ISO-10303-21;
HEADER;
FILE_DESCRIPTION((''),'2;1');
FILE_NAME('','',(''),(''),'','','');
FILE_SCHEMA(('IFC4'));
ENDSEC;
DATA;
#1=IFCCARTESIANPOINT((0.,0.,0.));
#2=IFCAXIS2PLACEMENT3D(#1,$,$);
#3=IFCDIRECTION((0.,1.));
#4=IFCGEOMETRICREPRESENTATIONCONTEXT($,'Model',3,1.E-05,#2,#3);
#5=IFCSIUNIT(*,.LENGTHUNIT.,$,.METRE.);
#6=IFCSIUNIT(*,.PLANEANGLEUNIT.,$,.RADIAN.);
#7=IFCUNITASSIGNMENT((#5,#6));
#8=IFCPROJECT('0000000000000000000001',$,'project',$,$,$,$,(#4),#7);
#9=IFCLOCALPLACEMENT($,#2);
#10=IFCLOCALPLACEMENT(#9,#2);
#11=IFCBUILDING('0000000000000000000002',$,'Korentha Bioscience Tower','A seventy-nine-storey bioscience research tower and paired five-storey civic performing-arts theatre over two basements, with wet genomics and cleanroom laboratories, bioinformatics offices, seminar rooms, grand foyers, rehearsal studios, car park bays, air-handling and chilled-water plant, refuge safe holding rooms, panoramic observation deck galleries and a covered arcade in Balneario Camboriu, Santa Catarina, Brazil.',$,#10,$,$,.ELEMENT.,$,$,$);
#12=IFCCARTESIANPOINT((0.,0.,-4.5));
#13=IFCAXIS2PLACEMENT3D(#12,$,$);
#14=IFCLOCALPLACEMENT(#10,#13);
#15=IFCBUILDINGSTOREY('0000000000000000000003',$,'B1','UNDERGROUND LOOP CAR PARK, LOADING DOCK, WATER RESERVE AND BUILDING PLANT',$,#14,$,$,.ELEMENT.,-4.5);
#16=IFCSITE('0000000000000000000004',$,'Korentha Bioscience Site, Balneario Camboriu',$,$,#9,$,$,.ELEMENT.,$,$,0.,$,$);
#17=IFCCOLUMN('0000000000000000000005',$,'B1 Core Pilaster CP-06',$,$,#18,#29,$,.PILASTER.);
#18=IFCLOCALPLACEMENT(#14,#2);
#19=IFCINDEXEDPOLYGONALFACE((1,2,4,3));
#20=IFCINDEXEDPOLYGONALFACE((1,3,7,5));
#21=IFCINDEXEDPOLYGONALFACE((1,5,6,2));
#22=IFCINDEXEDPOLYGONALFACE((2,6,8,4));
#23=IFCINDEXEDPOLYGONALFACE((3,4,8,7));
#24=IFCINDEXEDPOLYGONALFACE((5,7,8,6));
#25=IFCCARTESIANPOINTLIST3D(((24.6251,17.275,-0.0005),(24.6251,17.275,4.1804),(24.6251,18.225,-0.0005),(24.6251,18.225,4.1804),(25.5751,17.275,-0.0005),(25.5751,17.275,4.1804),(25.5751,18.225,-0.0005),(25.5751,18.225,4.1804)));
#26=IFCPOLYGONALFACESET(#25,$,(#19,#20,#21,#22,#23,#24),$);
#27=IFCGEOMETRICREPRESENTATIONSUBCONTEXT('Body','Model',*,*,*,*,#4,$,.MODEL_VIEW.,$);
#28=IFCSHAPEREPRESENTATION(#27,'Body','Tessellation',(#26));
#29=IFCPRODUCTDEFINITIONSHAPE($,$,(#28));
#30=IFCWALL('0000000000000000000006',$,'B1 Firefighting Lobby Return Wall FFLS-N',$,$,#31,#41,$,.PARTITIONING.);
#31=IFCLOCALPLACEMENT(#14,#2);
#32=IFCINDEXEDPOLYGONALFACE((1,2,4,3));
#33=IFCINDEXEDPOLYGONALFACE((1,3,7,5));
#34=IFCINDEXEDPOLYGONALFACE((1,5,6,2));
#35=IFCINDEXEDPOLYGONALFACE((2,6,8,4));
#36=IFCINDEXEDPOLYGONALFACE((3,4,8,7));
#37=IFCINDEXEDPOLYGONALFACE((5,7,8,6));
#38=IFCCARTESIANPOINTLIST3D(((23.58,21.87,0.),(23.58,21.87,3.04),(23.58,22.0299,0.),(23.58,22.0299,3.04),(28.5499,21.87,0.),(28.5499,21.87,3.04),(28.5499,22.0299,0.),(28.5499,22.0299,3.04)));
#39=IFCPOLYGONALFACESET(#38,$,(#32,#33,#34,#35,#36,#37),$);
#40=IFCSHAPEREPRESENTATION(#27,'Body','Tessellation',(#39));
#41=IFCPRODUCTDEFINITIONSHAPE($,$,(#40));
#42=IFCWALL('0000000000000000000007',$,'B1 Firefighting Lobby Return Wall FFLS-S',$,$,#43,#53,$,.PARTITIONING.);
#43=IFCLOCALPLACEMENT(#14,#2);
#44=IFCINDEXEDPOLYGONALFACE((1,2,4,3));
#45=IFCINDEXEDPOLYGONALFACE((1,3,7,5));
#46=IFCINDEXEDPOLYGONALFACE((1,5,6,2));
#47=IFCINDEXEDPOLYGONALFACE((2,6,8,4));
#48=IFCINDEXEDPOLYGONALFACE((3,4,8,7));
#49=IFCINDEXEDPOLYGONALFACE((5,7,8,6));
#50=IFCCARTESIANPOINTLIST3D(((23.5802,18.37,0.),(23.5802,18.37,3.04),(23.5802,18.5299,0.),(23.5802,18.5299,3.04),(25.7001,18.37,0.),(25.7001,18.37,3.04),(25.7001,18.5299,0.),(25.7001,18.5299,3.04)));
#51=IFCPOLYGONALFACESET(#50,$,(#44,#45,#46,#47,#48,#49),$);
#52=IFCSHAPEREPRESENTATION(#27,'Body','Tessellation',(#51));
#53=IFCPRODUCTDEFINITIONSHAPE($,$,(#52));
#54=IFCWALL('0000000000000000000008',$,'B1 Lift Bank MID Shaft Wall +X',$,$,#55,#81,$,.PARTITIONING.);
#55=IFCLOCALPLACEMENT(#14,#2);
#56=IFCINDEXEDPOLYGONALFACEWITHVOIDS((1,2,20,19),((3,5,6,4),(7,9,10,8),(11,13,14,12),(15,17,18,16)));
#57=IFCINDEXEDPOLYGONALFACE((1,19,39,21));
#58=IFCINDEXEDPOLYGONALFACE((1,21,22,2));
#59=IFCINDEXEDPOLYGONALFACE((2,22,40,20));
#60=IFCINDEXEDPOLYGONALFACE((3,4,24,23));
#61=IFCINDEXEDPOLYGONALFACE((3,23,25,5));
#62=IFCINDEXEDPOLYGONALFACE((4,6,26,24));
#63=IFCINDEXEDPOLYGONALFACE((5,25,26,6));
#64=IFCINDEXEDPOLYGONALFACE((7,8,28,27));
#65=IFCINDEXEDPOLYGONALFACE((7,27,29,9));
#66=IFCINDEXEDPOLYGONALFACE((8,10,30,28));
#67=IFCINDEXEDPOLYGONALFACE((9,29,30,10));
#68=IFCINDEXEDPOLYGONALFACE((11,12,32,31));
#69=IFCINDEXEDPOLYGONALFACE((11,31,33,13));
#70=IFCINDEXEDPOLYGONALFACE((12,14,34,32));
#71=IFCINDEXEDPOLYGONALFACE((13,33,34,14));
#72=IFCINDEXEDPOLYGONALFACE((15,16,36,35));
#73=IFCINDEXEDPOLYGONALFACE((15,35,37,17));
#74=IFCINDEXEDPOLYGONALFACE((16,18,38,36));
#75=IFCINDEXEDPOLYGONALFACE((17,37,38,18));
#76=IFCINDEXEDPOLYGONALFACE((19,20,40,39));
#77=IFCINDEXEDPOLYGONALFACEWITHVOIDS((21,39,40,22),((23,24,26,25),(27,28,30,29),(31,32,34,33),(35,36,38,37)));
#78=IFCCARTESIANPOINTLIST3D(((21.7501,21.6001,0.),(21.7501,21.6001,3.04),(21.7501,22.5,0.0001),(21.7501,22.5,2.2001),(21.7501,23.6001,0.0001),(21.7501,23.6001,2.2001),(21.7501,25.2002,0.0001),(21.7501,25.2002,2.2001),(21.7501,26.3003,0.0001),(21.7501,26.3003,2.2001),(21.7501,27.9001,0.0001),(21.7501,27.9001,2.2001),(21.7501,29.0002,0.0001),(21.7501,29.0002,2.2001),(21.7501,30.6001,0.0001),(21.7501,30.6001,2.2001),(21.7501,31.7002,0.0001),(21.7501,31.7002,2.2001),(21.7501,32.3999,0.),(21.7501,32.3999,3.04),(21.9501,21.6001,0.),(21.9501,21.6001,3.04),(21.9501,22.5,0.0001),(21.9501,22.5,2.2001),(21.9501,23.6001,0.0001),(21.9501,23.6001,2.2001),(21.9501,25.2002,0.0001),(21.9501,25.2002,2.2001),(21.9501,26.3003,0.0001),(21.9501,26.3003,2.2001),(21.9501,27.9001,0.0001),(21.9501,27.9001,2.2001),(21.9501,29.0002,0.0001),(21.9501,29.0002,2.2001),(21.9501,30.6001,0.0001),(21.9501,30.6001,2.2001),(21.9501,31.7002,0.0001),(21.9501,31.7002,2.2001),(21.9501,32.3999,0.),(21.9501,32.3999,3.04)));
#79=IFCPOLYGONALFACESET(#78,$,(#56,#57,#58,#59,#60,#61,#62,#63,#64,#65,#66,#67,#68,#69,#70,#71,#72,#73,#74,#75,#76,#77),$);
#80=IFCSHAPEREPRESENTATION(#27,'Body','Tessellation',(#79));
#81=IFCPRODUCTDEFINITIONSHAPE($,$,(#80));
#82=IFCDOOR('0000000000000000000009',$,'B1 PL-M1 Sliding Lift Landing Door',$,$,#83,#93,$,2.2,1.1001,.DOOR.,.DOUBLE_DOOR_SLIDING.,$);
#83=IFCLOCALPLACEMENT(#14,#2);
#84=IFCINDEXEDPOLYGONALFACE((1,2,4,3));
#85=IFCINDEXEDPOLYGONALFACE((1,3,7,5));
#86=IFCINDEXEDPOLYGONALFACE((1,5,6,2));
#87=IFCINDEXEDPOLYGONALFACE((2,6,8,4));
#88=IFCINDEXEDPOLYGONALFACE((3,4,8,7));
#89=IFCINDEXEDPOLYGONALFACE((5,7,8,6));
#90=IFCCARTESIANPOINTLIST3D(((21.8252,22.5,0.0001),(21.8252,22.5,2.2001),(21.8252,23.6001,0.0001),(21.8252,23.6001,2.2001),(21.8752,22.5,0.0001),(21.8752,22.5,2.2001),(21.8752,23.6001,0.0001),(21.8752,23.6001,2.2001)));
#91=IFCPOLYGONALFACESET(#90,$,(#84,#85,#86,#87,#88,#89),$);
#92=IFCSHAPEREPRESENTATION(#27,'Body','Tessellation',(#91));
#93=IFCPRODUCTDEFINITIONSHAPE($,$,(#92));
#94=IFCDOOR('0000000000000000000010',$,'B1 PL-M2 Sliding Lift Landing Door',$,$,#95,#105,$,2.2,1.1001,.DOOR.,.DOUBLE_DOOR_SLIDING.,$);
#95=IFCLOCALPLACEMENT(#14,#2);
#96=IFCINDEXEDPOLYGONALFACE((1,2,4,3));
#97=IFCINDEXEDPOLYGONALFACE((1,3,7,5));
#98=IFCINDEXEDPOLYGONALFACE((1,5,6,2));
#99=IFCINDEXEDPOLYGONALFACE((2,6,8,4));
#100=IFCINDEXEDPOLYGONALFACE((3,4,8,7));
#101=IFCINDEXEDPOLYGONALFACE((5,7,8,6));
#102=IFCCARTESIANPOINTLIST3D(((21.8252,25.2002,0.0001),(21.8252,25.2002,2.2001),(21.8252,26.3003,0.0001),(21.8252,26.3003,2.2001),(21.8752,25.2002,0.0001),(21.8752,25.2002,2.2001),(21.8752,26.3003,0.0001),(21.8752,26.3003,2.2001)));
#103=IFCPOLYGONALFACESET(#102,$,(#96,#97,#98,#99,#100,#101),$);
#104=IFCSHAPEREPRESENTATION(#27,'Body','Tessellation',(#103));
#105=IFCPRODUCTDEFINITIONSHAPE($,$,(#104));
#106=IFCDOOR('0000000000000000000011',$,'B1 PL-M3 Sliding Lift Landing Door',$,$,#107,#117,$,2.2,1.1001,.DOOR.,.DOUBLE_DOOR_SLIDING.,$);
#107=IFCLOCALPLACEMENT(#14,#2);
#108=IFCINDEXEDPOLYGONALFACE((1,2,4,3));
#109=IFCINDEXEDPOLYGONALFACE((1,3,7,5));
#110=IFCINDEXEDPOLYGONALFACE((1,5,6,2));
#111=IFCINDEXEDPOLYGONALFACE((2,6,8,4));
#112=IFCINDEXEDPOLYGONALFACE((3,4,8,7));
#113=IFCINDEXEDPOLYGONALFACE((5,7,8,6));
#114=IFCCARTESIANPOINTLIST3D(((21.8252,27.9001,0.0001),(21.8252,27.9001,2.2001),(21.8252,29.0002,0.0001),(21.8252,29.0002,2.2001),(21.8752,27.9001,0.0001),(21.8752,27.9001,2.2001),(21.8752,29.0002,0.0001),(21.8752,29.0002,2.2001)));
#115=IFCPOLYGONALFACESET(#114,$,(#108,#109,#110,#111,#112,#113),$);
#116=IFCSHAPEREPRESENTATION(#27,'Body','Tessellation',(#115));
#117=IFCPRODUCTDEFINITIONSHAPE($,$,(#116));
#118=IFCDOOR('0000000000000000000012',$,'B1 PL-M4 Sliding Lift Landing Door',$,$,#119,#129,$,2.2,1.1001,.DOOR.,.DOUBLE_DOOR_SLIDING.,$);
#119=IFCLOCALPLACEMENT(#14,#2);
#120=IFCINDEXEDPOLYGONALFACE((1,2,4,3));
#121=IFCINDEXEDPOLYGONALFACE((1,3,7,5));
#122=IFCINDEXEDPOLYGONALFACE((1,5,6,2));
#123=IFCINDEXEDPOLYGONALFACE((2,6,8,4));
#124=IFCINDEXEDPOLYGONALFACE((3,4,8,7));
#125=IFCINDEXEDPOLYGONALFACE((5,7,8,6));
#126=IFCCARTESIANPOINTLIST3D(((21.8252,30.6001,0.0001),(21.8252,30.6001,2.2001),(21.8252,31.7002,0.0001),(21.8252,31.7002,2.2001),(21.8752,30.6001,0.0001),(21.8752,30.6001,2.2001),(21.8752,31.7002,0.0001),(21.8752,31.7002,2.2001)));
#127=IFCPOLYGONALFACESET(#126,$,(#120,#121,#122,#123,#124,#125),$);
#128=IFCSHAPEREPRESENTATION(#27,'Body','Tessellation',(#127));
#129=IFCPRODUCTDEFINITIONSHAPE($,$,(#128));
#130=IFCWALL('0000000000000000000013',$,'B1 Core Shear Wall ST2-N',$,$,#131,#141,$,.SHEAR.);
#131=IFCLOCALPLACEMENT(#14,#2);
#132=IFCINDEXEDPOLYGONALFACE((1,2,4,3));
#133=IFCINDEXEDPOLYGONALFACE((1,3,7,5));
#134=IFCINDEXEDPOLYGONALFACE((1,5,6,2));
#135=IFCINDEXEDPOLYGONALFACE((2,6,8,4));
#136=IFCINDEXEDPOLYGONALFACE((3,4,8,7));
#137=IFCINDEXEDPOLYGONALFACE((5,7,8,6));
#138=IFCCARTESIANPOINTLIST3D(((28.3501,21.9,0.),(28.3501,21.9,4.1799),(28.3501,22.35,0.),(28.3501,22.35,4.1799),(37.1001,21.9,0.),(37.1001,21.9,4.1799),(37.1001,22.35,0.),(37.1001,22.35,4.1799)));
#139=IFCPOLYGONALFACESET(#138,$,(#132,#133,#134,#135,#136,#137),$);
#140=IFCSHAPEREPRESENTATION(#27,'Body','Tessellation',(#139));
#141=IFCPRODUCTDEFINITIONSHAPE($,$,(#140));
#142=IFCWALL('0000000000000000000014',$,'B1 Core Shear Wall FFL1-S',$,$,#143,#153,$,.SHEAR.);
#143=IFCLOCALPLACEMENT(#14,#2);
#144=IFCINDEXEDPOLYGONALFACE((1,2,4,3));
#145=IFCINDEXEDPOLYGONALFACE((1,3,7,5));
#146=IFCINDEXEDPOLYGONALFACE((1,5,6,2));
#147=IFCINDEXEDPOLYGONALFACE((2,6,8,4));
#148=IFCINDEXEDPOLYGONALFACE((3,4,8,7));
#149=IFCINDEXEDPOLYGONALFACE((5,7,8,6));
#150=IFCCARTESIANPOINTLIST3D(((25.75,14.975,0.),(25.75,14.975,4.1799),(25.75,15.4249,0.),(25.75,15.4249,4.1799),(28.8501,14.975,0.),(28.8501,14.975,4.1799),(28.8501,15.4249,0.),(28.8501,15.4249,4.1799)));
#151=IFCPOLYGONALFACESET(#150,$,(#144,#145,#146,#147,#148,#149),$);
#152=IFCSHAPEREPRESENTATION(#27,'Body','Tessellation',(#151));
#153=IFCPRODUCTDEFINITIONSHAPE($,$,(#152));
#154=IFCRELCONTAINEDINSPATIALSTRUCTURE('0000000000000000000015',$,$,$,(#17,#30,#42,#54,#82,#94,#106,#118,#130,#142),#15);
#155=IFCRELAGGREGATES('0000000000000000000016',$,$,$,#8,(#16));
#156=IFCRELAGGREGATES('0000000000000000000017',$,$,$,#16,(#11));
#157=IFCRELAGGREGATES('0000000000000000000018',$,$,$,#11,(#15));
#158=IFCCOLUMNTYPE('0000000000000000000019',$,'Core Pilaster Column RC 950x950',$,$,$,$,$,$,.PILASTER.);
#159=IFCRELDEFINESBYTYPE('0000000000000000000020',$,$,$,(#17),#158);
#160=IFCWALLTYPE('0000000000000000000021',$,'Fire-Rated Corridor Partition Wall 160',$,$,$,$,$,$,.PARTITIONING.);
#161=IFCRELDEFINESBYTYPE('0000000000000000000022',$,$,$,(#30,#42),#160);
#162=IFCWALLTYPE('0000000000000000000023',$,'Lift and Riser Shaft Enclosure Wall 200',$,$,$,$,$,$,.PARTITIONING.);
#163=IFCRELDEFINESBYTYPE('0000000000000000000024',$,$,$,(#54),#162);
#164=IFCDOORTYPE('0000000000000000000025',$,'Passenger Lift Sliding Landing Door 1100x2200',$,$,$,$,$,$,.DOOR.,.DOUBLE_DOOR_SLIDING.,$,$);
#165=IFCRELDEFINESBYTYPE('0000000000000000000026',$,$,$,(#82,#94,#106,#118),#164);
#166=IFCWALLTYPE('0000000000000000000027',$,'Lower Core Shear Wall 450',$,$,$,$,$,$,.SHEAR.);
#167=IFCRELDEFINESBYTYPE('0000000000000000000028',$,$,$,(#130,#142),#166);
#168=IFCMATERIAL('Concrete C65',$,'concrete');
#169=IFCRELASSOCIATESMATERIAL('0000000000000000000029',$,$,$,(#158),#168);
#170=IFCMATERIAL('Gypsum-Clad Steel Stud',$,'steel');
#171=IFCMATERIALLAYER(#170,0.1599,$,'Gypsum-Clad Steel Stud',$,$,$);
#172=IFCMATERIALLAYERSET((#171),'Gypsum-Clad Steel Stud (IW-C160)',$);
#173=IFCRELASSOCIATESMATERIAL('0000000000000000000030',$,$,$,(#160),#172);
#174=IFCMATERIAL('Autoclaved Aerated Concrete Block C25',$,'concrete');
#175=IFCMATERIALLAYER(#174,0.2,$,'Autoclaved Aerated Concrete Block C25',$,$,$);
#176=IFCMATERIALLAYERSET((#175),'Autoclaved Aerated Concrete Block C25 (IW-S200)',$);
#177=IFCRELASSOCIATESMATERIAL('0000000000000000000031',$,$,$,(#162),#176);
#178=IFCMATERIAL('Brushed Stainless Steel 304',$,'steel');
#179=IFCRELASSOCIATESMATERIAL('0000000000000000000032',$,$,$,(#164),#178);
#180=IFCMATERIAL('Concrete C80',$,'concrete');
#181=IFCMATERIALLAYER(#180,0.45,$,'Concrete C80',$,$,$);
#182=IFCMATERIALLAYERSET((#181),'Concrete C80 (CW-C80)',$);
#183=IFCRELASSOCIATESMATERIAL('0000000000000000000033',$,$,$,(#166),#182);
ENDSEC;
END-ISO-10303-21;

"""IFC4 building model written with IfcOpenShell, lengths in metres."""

from ifc_helpers import new_model, si_unit, direction, frame, frame_2d, origin, origin_2d, place, context, subcontext, project, spatial, rectangle, extrude, material, layer, layer_set, material_profile, profile_set, type_object, element, fill, save


model = new_model("IFC4")

# Units and contexts
model_context = context("Model", 3, precision=1e-05, world=origin(), true_north=direction((0.0, 1.0)))
body_context = subcontext(model_context, "Body", "Model", "MODEL_VIEW")
ifc_project = project(units=[si_unit("LENGTHUNIT", "METRE"), si_unit("PLANEANGLEUNIT", "RADIAN")], contexts=[model_context])

# Site, building, storey
site_placement = place(None, origin())
site = spatial("IfcSite", under=ifc_project, at=site_placement, Name="Korentha Bioscience Site, Balneario Camboriu", CompositionType="ELEMENT", RefElevation=0.0)
building_placement = place(site_placement, origin())
building = spatial("IfcBuilding", under=site, at=building_placement, Name="Korentha Bioscience Tower", Description="A seventy-nine-storey bioscience research tower and paired five-storey civic performing-arts theatre over two basements, with wet genomics and cleanroom laboratories, bioinformatics offices, seminar rooms, grand foyers, rehearsal studios, car park bays, air-handling and chilled-water plant, refuge safe holding rooms, panoramic observation deck galleries and a covered arcade in Balneario Camboriu, Santa Catarina, Brazil.", CompositionType="ELEMENT")
storey_placement = place(building_placement, frame((0.0, 0.0, -4.5)))
storey = spatial("IfcBuildingStorey", under=building, at=storey_placement, Name="B1", Description="UNDERGROUND LOOP CAR PARK, LOADING DOCK, WATER RESERVE AND BUILDING PLANT", CompositionType="ELEMENT", Elevation=-4.5)

# Column
ifc_material_1 = material(Name="Concrete C65", Category="concrete")
ifc_material_profile = material_profile(ifc_material_1, rectangle(XDim=0.95, YDim=0.95, at=origin_2d()), Name="Concrete C65")
ifc_profile_set = profile_set([ifc_material_profile], Name="Concrete C65 (COL-CP09)")
column_type = type_object("IfcColumnType", Name="Core Pilaster Column RC 950x950", PredefinedType="PILASTER", material=ifc_profile_set)
column_placement = place(storey_placement, frame((25.1001, 17.75, -0.0005), z_axis=(0.0, 0.0, 1.0), x_axis=(1.0, 0.0, 0.0)))
element("IfcColumn", 1, at=column_placement, inside=storey, type_object=column_type, Name="B1 Core Pilaster CP-06", PredefinedType="PILASTER", context=body_context, shape_type="SweptSolid", body=[
    extrude(rectangle(XDim=0.95, YDim=0.95, at=origin_2d()), origin(), (0.0, 0.0, 1.0), 4.1809),
])

# Shared definitions
ifc_material_2 = material(Name="Gypsum-Clad Steel Stud", Category="steel")
ifc_layer_1 = layer(ifc_material_2, 0.1599, Name="Gypsum-Clad Steel Stud")
ifc_layer_set_1 = layer_set([ifc_layer_1], Name="Gypsum-Clad Steel Stud (IW-C160)")
wall_type_1 = type_object("IfcWallType", Name="Fire-Rated Corridor Partition Wall 160", PredefinedType="PARTITIONING", material=ifc_layer_set_1)

# Walls
wall_1_placement = place(storey_placement, frame((23.5801, 21.95, 0.0), z_axis=(0.0, 0.0, 1.0), x_axis=(1.0, 0.0, 0.0)))
element("IfcWall", 2, at=wall_1_placement, inside=storey, type_object=wall_type_1, Name="B1 Firefighting Lobby Return Wall FFLS-N", PredefinedType="PARTITIONING", context=body_context, shape_type="SweptSolid", body=[
    extrude(rectangle(XDim=4.97, YDim=0.1599, at=frame_2d((2.4849, 0.0))), origin(), (0.0, 0.0, 1.0), 3.04),
])
wall_2_placement = place(storey_placement, frame((23.5801, 18.45, 0.0), z_axis=(0.0, 0.0, 1.0), x_axis=(1.0, 0.0, 0.0)))
element("IfcWall", 3, at=wall_2_placement, inside=storey, type_object=wall_type_1, Name="B1 Firefighting Lobby Return Wall FFLS-S", PredefinedType="PARTITIONING", context=body_context, shape_type="SweptSolid", body=[
    extrude(rectangle(XDim=2.1199, YDim=0.1599, at=frame_2d((1.0601, 0.0))), origin(), (0.0, 0.0, 1.0), 3.04),
])

# Wall, openings, doors
ifc_material_3 = material(Name="Autoclaved Aerated Concrete Block C25", Category="concrete")
ifc_layer_2 = layer(ifc_material_3, 0.2, Name="Autoclaved Aerated Concrete Block C25")
ifc_layer_set_2 = layer_set([ifc_layer_2], Name="Autoclaved Aerated Concrete Block C25 (IW-S200)")
wall_type_2 = type_object("IfcWallType", Name="Lift and Riser Shaft Enclosure Wall 200", PredefinedType="PARTITIONING", material=ifc_layer_set_2)
wall_3_placement = place(storey_placement, frame((21.8501, 21.6001, 0.0), z_axis=(0.0, 0.0, 1.0), x_axis=(0.0, 1.0, 0.0)))
wall_3 = element("IfcWall", 4, at=wall_3_placement, inside=storey, type_object=wall_type_2, Name="B1 Lift Bank MID Shaft Wall +X", PredefinedType="PARTITIONING", context=body_context, shape_type="SweptSolid", body=[
    extrude(rectangle(XDim=10.7998, YDim=0.2, at=frame_2d((5.3999, 0.0))), origin(), (0.0, 0.0, 1.0), 3.04),
])
opening_1_placement = place(wall_3_placement, frame((0.8999, 0.0, 0.0)))
opening_1 = element("IfcOpeningElement", 5, at=opening_1_placement, cuts=wall_3, PredefinedType="OPENING", context=body_context, shape_type="SweptSolid", body=[
    extrude(rectangle(XDim=1.1001, YDim=2.2, at=frame_2d((0.55, 1.1001))), frame((0.0, 0.1147, 0.0), z_axis=(0.0, -1.0, 0.0), x_axis=(1.0, 0.0, 0.0)), (0.0, 0.0, 1.0), 0.2297),
])
opening_2_placement = place(wall_3_placement, frame((3.6001, 0.0, 0.0)))
opening_2 = element("IfcOpeningElement", 6, at=opening_2_placement, cuts=wall_3, PredefinedType="OPENING", context=body_context, shape_type="SweptSolid", body=[
    extrude(rectangle(XDim=1.1001, YDim=2.2, at=frame_2d((0.55, 1.1001))), frame((0.0, 0.1147, 0.0), z_axis=(0.0, -1.0, 0.0), x_axis=(1.0, 0.0, 0.0)), (0.0, 0.0, 1.0), 0.2297),
])
opening_3_placement = place(wall_3_placement, frame((6.3, 0.0, 0.0)))
opening_3 = element("IfcOpeningElement", 7, at=opening_3_placement, cuts=wall_3, PredefinedType="OPENING", context=body_context, shape_type="SweptSolid", body=[
    extrude(rectangle(XDim=1.1001, YDim=2.2, at=frame_2d((0.55, 1.1001))), frame((0.0, 0.1147, 0.0), z_axis=(0.0, -1.0, 0.0), x_axis=(1.0, 0.0, 0.0)), (0.0, 0.0, 1.0), 0.2297),
])
opening_4_placement = place(wall_3_placement, frame((9.0, 0.0, 0.0)))
opening_4 = element("IfcOpeningElement", 8, at=opening_4_placement, cuts=wall_3, PredefinedType="OPENING", context=body_context, shape_type="SweptSolid", body=[
    extrude(rectangle(XDim=1.1001, YDim=2.2, at=frame_2d((0.55, 1.1001))), frame((0.0, 0.1147, 0.0), z_axis=(0.0, -1.0, 0.0), x_axis=(1.0, 0.0, 0.0)), (0.0, 0.0, 1.0), 0.2297),
])
ifc_material_4 = material(Name="Brushed Stainless Steel 304", Category="steel")
door_type_1 = type_object("IfcDoorType", Name="Passenger Lift Sliding Landing Door 1100x2200", OperationType="DOUBLE_DOOR_SLIDING", PredefinedType="DOOR", material=ifc_material_4)
door_1_placement = place(opening_1_placement, origin())
door_1 = element("IfcDoor", 9, at=door_1_placement, inside=storey, type_object=door_type_1, Name="B1 PL-M1 Sliding Lift Landing Door", OperationType="DOUBLE_DOOR_SLIDING", OverallHeight=2.2, OverallWidth=1.1001, PredefinedType="DOOR", context=body_context, shape_type="SweptSolid", body=[
    extrude(rectangle(XDim=1.1001, YDim=2.2, at=frame_2d((0.55, 1.1001))), frame((0.0, 0.0249, 0.0), z_axis=(0.0, -1.0, 0.0), x_axis=(1.0, 0.0, 0.0)), (0.0, 0.0, 1.0), 0.05),
])
fill(opening_1, door_1)
door_2_placement = place(opening_2_placement, origin())
door_2 = element("IfcDoor", 10, at=door_2_placement, inside=storey, type_object=door_type_1, Name="B1 PL-M2 Sliding Lift Landing Door", OperationType="DOUBLE_DOOR_SLIDING", OverallHeight=2.2, OverallWidth=1.1001, PredefinedType="DOOR", context=body_context, shape_type="SweptSolid", body=[
    extrude(rectangle(XDim=1.1001, YDim=2.2, at=frame_2d((0.55, 1.1001))), frame((0.0, 0.0249, 0.0), z_axis=(0.0, -1.0, 0.0), x_axis=(1.0, 0.0, 0.0)), (0.0, 0.0, 1.0), 0.05),
])
fill(opening_2, door_2)
door_3_placement = place(opening_3_placement, origin())
door_3 = element("IfcDoor", 11, at=door_3_placement, inside=storey, type_object=door_type_1, Name="B1 PL-M3 Sliding Lift Landing Door", OperationType="DOUBLE_DOOR_SLIDING", OverallHeight=2.2, OverallWidth=1.1001, PredefinedType="DOOR", context=body_context, shape_type="SweptSolid", body=[
    extrude(rectangle(XDim=1.1001, YDim=2.2, at=frame_2d((0.55, 1.1001))), frame((0.0, 0.0249, 0.0), z_axis=(0.0, -1.0, 0.0), x_axis=(1.0, 0.0, 0.0)), (0.0, 0.0, 1.0), 0.05),
])
fill(opening_3, door_3)
door_4_placement = place(opening_4_placement, origin())
door_4 = element("IfcDoor", 12, at=door_4_placement, inside=storey, type_object=door_type_1, Name="B1 PL-M4 Sliding Lift Landing Door", OperationType="DOUBLE_DOOR_SLIDING", OverallHeight=2.2, OverallWidth=1.1001, PredefinedType="DOOR", context=body_context, shape_type="SweptSolid", body=[
    extrude(rectangle(XDim=1.1001, YDim=2.2, at=frame_2d((0.55, 1.1001))), frame((0.0, 0.0249, 0.0), z_axis=(0.0, -1.0, 0.0), x_axis=(1.0, 0.0, 0.0)), (0.0, 0.0, 1.0), 0.05),
])
fill(opening_4, door_4)

# Wall
ifc_material_5 = material(Name="Concrete C80", Category="concrete")
ifc_layer_3 = layer(ifc_material_5, 0.45, Name="Concrete C80")
ifc_layer_set_3 = layer_set([ifc_layer_3], Name="Concrete C80 (CW-C80)")
wall_type_3 = type_object("IfcWallType", Name="Lower Core Shear Wall 450", PredefinedType="SHEAR", material=ifc_layer_set_3)
wall_4_placement = place(storey_placement, frame((28.3501, 22.125, 0.0), z_axis=(0.0, 0.0, 1.0), x_axis=(1.0, 0.0, 0.0)))
element("IfcWall", 13, at=wall_4_placement, inside=storey, type_object=wall_type_3, Name="B1 Core Shear Wall ST2-N", PredefinedType="SHEAR", context=body_context, shape_type="SweptSolid", body=[
    extrude(rectangle(XDim=8.75, YDim=0.45, at=frame_2d((4.375, 0.0))), origin(), (0.0, 0.0, 1.0), 4.1799),
])

# Wall
wall_5_placement = place(storey_placement, frame((25.75, 15.2, 0.0), z_axis=(0.0, 0.0, 1.0), x_axis=(1.0, 0.0, 0.0)))
element("IfcWall", 14, at=wall_5_placement, inside=storey, type_object=wall_type_3, Name="B1 Core Shear Wall FFL1-S", PredefinedType="SHEAR", context=body_context, shape_type="SweptSolid", body=[
    extrude(rectangle(XDim=3.1001, YDim=0.45, at=frame_2d((1.55, 0.0))), origin(), (0.0, 0.0, 1.0), 4.1799),
])

save(model, "model.ifc")
